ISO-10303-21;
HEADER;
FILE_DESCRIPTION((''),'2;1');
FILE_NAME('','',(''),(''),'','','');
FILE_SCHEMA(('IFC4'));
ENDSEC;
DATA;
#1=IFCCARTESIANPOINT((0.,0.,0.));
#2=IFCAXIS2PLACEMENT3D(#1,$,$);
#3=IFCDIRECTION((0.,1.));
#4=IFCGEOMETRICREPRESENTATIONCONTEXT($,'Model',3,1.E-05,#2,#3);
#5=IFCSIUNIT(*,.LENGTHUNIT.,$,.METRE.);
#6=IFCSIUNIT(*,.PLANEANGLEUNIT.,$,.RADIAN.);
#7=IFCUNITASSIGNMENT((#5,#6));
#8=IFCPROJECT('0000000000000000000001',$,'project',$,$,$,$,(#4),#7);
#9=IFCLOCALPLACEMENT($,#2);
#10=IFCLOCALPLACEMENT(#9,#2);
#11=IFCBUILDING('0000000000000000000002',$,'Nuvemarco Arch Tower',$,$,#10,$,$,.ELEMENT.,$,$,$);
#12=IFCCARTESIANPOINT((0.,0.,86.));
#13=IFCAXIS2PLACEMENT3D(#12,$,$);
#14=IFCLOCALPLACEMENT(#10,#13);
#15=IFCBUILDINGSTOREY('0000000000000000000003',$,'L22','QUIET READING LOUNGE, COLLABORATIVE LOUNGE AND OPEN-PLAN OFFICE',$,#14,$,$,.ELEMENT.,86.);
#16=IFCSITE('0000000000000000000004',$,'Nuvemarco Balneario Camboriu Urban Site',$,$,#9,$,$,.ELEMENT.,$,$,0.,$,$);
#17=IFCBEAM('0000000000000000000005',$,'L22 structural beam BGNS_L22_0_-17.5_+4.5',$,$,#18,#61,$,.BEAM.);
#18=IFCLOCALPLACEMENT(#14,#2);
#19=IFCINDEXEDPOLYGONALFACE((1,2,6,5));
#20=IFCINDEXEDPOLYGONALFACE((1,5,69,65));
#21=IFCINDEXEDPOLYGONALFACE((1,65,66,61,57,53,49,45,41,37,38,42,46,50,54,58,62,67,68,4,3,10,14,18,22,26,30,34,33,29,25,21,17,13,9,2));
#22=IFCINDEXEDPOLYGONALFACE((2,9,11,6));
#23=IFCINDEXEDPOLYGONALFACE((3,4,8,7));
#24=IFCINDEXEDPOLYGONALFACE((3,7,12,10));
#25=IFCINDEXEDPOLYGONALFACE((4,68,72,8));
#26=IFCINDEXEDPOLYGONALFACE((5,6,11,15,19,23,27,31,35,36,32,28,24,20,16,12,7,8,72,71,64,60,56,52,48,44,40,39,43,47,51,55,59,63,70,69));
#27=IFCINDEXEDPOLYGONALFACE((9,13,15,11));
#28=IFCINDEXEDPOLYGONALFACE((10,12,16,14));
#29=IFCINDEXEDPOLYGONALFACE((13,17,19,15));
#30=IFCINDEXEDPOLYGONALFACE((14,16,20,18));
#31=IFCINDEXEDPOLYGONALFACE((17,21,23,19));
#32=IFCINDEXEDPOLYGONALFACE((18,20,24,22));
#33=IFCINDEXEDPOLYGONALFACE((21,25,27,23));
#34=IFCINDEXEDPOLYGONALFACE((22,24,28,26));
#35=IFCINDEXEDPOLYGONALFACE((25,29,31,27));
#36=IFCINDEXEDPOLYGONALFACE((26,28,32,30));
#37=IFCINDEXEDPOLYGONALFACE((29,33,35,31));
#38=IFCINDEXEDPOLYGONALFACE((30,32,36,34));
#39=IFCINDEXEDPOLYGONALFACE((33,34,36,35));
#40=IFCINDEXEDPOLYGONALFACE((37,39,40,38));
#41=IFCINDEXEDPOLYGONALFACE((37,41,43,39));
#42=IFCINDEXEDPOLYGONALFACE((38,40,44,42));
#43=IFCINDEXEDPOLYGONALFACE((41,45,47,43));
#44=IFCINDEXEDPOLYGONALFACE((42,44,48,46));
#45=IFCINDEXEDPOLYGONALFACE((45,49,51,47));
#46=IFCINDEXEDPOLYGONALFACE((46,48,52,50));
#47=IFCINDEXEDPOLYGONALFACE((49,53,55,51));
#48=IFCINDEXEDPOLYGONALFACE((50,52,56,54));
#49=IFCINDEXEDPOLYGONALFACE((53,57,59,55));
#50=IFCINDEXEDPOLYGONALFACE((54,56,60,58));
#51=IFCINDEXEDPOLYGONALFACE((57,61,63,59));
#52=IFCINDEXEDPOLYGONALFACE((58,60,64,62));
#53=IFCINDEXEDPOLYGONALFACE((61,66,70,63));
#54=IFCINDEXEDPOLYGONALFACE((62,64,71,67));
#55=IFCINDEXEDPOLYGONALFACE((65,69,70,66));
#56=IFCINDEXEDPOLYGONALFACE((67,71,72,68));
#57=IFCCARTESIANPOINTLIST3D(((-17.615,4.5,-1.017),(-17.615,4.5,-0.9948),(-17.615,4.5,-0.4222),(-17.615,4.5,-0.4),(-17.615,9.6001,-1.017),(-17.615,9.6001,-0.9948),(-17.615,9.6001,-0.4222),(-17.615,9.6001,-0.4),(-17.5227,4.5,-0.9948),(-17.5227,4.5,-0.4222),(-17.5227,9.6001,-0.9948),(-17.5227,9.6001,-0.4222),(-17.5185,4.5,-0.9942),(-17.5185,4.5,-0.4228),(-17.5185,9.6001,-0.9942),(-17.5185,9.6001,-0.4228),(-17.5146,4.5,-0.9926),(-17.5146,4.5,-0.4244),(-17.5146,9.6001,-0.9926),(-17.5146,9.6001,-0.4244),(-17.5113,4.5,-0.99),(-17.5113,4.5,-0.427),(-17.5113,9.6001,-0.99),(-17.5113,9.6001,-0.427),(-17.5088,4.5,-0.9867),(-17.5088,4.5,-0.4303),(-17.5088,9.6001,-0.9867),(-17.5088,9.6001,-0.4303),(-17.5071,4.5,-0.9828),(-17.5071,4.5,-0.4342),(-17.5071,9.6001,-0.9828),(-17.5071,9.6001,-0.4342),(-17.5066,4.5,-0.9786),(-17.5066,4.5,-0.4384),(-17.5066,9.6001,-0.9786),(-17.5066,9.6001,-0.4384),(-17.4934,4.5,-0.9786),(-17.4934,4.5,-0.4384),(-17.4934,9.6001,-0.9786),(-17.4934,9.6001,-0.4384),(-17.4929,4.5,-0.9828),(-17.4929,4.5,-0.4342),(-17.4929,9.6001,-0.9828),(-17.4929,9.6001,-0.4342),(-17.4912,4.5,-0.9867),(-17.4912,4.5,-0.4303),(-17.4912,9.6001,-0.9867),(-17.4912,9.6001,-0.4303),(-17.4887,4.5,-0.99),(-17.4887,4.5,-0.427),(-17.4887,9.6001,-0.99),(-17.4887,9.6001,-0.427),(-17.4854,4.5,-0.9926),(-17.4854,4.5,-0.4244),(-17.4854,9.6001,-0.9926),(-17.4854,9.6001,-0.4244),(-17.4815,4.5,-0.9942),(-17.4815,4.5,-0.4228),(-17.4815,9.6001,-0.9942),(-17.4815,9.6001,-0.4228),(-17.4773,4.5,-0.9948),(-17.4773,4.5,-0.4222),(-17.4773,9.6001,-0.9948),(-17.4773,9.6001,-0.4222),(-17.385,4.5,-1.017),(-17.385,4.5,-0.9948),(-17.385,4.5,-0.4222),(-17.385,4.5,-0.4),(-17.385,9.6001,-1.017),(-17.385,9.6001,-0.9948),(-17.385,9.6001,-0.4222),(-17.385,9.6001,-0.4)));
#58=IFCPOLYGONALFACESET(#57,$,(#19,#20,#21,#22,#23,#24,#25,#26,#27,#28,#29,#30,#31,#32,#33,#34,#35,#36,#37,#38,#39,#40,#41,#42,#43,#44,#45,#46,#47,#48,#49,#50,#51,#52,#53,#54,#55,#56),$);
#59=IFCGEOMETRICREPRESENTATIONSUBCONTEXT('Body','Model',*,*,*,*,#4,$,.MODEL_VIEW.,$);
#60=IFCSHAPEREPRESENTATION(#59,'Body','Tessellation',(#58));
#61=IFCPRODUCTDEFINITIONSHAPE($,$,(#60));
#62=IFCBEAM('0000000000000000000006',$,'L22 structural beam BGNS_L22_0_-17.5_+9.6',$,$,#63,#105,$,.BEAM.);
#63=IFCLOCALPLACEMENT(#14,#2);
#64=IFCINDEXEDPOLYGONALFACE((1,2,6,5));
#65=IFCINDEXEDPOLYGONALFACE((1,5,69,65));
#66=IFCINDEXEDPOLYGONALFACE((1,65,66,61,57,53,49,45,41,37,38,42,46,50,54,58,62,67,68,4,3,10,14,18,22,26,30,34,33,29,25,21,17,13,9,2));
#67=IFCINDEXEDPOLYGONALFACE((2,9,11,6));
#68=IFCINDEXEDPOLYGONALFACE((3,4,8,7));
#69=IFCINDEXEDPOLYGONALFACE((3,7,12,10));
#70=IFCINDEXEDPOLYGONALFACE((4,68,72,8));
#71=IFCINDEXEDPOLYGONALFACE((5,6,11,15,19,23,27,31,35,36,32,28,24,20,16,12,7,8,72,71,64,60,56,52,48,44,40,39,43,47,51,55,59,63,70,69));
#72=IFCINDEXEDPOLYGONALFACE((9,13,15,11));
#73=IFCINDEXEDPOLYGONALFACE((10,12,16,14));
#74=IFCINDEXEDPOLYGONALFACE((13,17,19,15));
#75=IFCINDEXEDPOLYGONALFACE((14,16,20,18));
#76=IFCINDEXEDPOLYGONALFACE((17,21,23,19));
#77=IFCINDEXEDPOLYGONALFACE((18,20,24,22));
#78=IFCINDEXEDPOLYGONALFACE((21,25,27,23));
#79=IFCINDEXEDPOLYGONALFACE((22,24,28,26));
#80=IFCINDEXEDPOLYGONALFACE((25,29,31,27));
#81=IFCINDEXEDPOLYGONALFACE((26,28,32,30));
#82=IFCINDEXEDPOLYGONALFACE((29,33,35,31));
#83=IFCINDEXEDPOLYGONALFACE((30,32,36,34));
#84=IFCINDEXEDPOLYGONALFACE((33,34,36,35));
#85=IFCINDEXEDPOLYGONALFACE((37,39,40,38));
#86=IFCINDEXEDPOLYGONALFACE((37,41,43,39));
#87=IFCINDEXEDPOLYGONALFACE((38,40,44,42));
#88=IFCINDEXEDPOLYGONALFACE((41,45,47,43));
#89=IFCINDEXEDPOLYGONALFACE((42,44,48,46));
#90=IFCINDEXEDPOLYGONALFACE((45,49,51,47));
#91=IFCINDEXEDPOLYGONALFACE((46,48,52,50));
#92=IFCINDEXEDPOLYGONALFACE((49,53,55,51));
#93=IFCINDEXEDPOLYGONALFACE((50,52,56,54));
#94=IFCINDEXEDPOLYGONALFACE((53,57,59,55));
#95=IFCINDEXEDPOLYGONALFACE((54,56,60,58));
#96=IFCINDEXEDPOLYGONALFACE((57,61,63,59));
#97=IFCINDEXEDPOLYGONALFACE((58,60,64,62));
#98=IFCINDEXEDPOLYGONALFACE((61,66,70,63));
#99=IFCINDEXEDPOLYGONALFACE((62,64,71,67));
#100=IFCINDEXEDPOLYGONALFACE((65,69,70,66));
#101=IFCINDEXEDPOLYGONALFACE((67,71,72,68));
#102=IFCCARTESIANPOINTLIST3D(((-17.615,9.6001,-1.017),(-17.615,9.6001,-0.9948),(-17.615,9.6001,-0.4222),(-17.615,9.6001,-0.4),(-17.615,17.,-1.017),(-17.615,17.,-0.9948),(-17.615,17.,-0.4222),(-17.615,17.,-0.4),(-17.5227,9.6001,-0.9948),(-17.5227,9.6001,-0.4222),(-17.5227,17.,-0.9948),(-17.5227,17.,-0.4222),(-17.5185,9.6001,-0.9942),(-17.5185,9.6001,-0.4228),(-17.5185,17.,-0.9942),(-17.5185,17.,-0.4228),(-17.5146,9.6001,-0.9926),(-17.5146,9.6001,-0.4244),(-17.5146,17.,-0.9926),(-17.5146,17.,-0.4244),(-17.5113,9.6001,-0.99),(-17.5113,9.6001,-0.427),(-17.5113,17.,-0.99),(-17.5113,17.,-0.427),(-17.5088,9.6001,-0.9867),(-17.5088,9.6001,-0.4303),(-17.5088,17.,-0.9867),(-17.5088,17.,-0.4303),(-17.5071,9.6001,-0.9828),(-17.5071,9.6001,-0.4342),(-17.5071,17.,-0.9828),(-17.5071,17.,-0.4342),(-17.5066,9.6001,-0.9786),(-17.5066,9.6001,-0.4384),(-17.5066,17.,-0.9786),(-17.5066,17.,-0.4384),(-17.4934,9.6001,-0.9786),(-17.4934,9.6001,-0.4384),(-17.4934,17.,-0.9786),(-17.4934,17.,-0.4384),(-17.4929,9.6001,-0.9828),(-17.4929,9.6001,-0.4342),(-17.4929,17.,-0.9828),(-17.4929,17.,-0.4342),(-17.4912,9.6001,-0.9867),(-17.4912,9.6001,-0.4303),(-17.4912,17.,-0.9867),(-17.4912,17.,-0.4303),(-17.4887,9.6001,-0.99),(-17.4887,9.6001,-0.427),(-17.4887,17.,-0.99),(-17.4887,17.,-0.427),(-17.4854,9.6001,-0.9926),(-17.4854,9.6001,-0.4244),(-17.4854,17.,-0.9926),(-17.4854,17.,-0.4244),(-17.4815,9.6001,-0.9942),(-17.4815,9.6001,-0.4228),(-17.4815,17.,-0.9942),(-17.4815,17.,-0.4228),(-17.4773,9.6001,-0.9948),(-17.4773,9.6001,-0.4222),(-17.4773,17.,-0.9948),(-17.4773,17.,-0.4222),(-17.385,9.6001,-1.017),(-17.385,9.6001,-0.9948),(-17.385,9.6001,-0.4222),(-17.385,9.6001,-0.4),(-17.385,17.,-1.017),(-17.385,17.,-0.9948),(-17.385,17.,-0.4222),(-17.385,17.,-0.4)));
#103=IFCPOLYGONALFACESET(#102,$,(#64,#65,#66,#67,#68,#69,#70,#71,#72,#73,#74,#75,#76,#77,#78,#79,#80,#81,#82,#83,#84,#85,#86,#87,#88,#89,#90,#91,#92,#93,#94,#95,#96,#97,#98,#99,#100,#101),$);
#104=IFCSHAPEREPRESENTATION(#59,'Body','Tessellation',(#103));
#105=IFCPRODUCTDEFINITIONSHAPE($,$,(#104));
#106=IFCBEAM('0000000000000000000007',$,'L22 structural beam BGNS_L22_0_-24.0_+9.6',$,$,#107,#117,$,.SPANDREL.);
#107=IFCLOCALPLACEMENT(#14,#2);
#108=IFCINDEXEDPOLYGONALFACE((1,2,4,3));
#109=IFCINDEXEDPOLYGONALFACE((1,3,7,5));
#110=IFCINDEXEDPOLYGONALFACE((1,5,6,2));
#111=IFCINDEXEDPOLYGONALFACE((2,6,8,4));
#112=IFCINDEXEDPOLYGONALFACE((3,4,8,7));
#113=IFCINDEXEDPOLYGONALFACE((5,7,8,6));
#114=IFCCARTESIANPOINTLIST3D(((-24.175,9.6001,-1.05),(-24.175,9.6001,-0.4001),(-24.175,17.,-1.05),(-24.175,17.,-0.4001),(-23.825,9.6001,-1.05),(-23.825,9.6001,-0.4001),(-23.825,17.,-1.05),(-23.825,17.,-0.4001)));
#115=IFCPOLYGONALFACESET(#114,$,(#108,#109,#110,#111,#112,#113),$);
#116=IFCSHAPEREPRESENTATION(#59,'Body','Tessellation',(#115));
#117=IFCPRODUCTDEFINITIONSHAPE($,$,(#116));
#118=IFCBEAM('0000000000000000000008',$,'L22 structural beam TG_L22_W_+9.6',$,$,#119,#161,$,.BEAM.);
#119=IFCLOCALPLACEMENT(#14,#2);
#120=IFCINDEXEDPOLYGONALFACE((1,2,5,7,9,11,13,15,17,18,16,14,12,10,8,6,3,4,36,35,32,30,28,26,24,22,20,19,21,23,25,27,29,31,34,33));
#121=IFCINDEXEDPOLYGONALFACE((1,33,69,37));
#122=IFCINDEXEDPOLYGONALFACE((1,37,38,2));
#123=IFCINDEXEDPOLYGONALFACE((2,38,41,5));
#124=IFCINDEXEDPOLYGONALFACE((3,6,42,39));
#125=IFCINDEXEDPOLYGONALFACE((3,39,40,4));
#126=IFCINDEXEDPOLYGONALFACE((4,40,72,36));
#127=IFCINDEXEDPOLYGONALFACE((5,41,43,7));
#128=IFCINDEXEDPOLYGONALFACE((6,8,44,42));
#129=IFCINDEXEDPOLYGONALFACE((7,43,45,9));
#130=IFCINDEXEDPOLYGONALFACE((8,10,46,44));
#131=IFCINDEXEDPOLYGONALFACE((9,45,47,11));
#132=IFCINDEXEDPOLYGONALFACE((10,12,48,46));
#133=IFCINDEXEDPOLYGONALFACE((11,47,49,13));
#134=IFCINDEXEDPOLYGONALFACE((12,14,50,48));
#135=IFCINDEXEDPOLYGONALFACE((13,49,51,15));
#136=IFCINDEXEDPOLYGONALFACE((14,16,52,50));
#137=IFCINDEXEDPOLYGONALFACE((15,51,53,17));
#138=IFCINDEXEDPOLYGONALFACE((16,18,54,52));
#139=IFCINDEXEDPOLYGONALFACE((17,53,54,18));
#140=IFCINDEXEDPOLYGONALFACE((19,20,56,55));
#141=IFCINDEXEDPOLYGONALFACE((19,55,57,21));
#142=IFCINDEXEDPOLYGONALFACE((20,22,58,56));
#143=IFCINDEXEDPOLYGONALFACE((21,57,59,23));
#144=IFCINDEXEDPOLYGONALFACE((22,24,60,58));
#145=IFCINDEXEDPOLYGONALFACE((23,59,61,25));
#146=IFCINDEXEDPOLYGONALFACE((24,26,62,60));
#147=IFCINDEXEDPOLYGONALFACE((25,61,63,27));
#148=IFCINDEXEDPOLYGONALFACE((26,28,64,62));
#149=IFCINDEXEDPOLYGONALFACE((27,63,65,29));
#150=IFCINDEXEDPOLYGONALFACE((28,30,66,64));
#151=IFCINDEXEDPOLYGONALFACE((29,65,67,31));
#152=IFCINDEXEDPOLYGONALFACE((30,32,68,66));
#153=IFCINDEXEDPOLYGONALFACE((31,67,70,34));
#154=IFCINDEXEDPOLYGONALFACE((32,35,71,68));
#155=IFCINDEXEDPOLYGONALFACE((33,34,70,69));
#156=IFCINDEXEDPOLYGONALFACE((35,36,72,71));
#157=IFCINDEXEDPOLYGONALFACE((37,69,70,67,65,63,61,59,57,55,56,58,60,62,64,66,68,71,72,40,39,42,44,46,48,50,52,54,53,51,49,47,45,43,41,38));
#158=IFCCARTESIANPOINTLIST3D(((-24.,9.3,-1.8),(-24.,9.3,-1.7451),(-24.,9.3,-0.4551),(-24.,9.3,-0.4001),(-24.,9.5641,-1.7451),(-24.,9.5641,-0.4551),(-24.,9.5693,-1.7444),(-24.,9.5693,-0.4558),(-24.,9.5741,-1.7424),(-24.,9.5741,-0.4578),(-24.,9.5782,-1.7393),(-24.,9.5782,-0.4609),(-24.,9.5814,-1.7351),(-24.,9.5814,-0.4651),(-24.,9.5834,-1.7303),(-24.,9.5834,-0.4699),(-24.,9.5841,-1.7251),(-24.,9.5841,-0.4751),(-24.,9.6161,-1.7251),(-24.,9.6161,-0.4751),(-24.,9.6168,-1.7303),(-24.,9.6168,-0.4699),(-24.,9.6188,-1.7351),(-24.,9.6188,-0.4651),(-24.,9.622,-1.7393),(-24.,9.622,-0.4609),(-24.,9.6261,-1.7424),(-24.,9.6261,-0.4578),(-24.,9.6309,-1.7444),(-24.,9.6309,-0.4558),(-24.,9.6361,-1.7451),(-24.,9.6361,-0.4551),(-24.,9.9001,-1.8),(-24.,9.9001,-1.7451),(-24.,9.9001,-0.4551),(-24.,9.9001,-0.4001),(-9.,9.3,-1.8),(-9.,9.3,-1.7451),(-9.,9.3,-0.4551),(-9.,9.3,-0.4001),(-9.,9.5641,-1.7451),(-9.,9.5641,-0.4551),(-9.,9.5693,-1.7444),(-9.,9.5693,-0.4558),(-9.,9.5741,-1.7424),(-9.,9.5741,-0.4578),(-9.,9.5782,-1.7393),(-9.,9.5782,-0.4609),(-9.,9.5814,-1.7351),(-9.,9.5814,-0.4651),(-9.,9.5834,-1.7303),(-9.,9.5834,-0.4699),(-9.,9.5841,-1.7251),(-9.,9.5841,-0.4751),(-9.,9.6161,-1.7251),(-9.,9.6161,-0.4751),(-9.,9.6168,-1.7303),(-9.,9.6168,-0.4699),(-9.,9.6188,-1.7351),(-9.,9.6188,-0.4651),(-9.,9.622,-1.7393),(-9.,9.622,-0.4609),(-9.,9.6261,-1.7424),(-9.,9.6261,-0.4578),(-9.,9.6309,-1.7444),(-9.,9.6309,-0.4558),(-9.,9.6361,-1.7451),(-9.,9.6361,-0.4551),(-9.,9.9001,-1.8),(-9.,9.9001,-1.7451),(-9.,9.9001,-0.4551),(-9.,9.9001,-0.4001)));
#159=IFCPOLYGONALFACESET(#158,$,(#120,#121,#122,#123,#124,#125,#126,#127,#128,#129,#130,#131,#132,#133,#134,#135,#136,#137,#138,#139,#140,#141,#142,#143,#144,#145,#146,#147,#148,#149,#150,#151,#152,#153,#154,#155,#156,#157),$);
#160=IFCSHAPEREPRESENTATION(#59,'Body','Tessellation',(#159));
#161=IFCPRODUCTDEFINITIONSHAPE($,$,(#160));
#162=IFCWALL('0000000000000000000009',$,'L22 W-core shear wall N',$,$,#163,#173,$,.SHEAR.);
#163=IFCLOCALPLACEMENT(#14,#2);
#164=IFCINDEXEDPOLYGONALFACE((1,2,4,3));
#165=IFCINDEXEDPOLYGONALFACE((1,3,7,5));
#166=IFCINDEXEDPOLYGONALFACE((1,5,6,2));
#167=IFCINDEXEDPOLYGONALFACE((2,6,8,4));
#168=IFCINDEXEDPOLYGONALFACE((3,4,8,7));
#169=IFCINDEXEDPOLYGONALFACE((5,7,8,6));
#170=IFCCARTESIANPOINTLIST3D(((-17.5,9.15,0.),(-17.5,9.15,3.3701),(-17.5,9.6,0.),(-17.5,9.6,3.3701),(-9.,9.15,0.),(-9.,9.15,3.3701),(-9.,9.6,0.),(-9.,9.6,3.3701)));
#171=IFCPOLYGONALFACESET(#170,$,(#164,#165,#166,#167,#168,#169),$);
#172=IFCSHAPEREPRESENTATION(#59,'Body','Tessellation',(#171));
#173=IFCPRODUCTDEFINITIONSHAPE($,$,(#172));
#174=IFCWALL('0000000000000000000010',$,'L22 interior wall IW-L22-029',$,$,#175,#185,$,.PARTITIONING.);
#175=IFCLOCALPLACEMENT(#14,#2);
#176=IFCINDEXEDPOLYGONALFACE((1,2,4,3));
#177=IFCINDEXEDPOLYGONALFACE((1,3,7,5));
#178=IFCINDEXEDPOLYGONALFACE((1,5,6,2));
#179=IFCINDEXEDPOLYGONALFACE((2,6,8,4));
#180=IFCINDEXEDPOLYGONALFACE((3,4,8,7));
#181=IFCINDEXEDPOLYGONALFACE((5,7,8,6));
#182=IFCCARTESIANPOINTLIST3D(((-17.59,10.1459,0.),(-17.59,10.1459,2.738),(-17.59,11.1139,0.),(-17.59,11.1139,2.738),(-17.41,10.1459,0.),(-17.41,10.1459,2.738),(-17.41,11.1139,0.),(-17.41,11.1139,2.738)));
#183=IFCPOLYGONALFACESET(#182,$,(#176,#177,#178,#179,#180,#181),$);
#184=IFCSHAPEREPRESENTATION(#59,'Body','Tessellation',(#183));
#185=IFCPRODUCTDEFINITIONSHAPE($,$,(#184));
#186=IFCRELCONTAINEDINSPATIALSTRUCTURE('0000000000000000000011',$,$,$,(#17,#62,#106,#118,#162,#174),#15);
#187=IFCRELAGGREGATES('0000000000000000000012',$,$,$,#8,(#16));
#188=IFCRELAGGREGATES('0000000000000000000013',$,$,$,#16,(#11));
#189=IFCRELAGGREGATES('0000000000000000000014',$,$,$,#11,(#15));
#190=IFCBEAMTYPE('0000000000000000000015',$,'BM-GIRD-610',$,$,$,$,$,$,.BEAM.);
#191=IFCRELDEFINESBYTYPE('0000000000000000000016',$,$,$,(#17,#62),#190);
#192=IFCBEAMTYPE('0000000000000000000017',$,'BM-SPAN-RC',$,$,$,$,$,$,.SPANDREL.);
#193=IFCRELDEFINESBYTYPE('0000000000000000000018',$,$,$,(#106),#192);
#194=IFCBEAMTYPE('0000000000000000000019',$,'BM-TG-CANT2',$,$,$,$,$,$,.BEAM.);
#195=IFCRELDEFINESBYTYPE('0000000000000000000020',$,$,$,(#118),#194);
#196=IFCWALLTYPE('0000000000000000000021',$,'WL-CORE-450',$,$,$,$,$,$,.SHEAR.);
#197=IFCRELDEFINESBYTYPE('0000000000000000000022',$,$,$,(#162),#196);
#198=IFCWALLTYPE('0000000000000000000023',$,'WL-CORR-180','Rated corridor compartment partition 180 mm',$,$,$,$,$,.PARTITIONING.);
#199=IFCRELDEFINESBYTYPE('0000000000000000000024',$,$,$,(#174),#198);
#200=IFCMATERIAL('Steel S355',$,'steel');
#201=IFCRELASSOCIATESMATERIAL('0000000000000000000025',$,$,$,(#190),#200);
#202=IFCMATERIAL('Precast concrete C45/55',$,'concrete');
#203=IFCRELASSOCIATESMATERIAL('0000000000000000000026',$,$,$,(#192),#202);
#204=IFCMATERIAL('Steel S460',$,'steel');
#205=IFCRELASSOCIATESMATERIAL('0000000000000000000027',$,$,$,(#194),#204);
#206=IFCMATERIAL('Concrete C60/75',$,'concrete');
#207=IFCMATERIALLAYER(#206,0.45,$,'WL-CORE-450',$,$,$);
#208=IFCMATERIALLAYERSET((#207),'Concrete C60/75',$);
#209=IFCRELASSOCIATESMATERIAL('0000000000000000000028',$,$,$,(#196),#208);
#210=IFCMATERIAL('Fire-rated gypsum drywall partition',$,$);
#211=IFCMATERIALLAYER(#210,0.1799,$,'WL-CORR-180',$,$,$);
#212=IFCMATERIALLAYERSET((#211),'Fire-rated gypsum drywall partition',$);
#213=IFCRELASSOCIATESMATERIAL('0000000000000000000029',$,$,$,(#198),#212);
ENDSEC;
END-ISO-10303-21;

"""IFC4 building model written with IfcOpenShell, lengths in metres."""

from ifc_helpers import new_model, si_unit, direction, frame, frame_2d, origin, origin_2d, place, context, subcontext, project, spatial, rectangle, i_section, extrude, material, layer, layer_set, material_profile, profile_set, type_object, element, save


model = new_model("IFC4")

# Units and contexts
model_context = context("Model", 3, precision=1e-05, world=origin(), true_north=direction((0.0, 1.0)))
body_context = subcontext(model_context, "Body", "Model", "MODEL_VIEW")
ifc_project = project(units=[si_unit("LENGTHUNIT", "METRE"), si_unit("PLANEANGLEUNIT", "RADIAN")], contexts=[model_context])

# Site, building, storey
site_placement = place(None, origin())
site = spatial("IfcSite", under=ifc_project, at=site_placement, Name="Nuvemarco Balneario Camboriu Urban Site", CompositionType="ELEMENT", RefElevation=0.0)
building_placement = place(site_placement, origin())
building = spatial("IfcBuilding", under=site, at=building_placement, Name="Nuvemarco Arch Tower", CompositionType="ELEMENT")
storey_placement = place(building_placement, frame((0.0, 0.0, 86.0)))
storey = spatial("IfcBuildingStorey", under=building, at=storey_placement, Name="L22", Description="QUIET READING LOUNGE, COLLABORATIVE LOUNGE AND OPEN-PLAN OFFICE", CompositionType="ELEMENT", Elevation=86.0)

# Shared definitions
ifc_material_1 = material(Name="Concrete C60/75", Category="concrete")
ifc_material_2 = material(Name="Steel S460", Category="steel")

# Beams
ifc_material_3 = material(Name="Steel S355", Category="steel")
ifc_material_profile_1 = material_profile(ifc_material_3, i_section(OverallWidth=0.23, OverallDepth=0.6169, WebThickness=0.0132, FlangeThickness=0.0222, FilletRadius=0.0161, at=origin_2d()), Name="W610x140")
ifc_profile_set_1 = profile_set([ifc_material_profile_1], Name="Steel S355")
beam_type_1 = type_object("IfcBeamType", Name="BM-GIRD-610", PredefinedType="BEAM", material=ifc_profile_set_1)
beam_1_placement = place(storey_placement, frame((-17.5, 4.5, -0.7085), z_axis=(0.0, 1.0, 0.0), x_axis=(-1.0, 0.0, 0.0)))
element("IfcBeam", 1, at=beam_1_placement, inside=storey, type_object=beam_type_1, Name="L22 structural beam BGNS_L22_0_-17.5_+4.5", PredefinedType="BEAM", context=body_context, shape_type="SweptSolid", body=[
    extrude(i_section(OverallWidth=0.23, OverallDepth=0.6169, WebThickness=0.0132, FlangeThickness=0.0222, FilletRadius=0.0161, at=origin_2d()), origin(), (0.0, 0.0, 1.0), 5.1001),
])
beam_2_placement = place(storey_placement, frame((-17.5, 9.6001, -0.7085), z_axis=(0.0, 1.0, 0.0), x_axis=(-1.0, 0.0, 0.0)))
element("IfcBeam", 2, at=beam_2_placement, inside=storey, type_object=beam_type_1, Name="L22 structural beam BGNS_L22_0_-17.5_+9.6", PredefinedType="BEAM", context=body_context, shape_type="SweptSolid", body=[
    extrude(i_section(OverallWidth=0.23, OverallDepth=0.6169, WebThickness=0.0132, FlangeThickness=0.0222, FilletRadius=0.0161, at=origin_2d()), origin(), (0.0, 0.0, 1.0), 7.3999),
])
ifc_material_4 = material(Name="Precast concrete C45/55", Category="concrete")
ifc_material_profile_2 = material_profile(ifc_material_4, rectangle(XDim=0.3501, YDim=0.6499, at=origin_2d()), Name="PC-SP-350x650")
ifc_profile_set_2 = profile_set([ifc_material_profile_2], Name="Precast concrete C45/55")
beam_type_2 = type_object("IfcBeamType", Name="BM-SPAN-RC", PredefinedType="SPANDREL", material=ifc_profile_set_2)
beam_3_placement = place(storey_placement, frame((-24.0, 9.6001, -0.7251), z_axis=(0.0, 1.0, 0.0), x_axis=(-1.0, 0.0, 0.0)))
element("IfcBeam", 3, at=beam_3_placement, inside=storey, type_object=beam_type_2, Name="L22 structural beam BGNS_L22_0_-24.0_+9.6", PredefinedType="SPANDREL", context=body_context, shape_type="SweptSolid", body=[
    extrude(rectangle(XDim=0.3501, YDim=0.6499, at=origin_2d()), origin(), (0.0, 0.0, 1.0), 7.3999),
])
ifc_material_profile_3 = material_profile(ifc_material_2, i_section(OverallWidth=0.6001, OverallDepth=1.3999, WebThickness=0.032, FlangeThickness=0.0549, FilletRadius=0.02, at=origin_2d()), Name="PG1400x600")
ifc_profile_set_3 = profile_set([ifc_material_profile_3], Name="Steel S460")
beam_type_3 = type_object("IfcBeamType", Name="BM-TG-CANT2", PredefinedType="BEAM", material=ifc_profile_set_3)
beam_4_placement = place(storey_placement, frame((-24.0, 9.6001, -1.1001), z_axis=(1.0, 0.0, 0.0), x_axis=(0.0, 1.0, 0.0)))
element("IfcBeam", 4, at=beam_4_placement, inside=storey, type_object=beam_type_3, Name="L22 structural beam TG_L22_W_+9.6", PredefinedType="BEAM", context=body_context, shape_type="SweptSolid", body=[
    extrude(i_section(OverallWidth=0.6001, OverallDepth=1.3999, WebThickness=0.032, FlangeThickness=0.0549, FilletRadius=0.02, at=origin_2d()), origin(), (0.0, 0.0, 1.0), 15.0),
])

# Walls
ifc_layer_1 = layer(ifc_material_1, 0.45, Name="WL-CORE-450")
ifc_layer_set_1 = layer_set([ifc_layer_1], Name="Concrete C60/75")
wall_type_1 = type_object("IfcWallType", Name="WL-CORE-450", PredefinedType="SHEAR", material=ifc_layer_set_1)
wall_1_placement = place(storey_placement, frame((-17.5, 9.375, 0.0), z_axis=(0.0, 0.0, 1.0), x_axis=(1.0, 0.0, 0.0)))
element("IfcWall", 5, at=wall_1_placement, inside=storey, type_object=wall_type_1, Name="L22 W-core shear wall N", PredefinedType="SHEAR", context=body_context, shape_type="SweptSolid", body=[
    extrude(rectangle(XDim=8.5, YDim=0.45, at=frame_2d((4.25, 0.0))), origin(), (0.0, 0.0, 1.0), 3.3701),
])
ifc_material_5 = material(Name="Fire-rated gypsum drywall partition")
ifc_layer_2 = layer(ifc_material_5, 0.1799, Name="WL-CORR-180")
ifc_layer_set_2 = layer_set([ifc_layer_2], Name="Fire-rated gypsum drywall partition")
wall_type_2 = type_object("IfcWallType", Name="WL-CORR-180", Description="Rated corridor compartment partition 180 mm", PredefinedType="PARTITIONING", material=ifc_layer_set_2)
wall_2_placement = place(storey_placement, frame((-17.5, 10.146, 0.0), z_axis=(0.0, 0.0, 1.0), x_axis=(0.0, 1.0, 0.0)))
element("IfcWall", 6, at=wall_2_placement, inside=storey, type_object=wall_type_2, Name="L22 interior wall IW-L22-029", PredefinedType="PARTITIONING", context=body_context, shape_type="SweptSolid", body=[
    extrude(rectangle(XDim=0.968, YDim=0.1799, at=frame_2d((0.4839, 0.0))), origin(), (0.0, 0.0, 1.0), 2.738),
])

save(model, "model.ifc")
